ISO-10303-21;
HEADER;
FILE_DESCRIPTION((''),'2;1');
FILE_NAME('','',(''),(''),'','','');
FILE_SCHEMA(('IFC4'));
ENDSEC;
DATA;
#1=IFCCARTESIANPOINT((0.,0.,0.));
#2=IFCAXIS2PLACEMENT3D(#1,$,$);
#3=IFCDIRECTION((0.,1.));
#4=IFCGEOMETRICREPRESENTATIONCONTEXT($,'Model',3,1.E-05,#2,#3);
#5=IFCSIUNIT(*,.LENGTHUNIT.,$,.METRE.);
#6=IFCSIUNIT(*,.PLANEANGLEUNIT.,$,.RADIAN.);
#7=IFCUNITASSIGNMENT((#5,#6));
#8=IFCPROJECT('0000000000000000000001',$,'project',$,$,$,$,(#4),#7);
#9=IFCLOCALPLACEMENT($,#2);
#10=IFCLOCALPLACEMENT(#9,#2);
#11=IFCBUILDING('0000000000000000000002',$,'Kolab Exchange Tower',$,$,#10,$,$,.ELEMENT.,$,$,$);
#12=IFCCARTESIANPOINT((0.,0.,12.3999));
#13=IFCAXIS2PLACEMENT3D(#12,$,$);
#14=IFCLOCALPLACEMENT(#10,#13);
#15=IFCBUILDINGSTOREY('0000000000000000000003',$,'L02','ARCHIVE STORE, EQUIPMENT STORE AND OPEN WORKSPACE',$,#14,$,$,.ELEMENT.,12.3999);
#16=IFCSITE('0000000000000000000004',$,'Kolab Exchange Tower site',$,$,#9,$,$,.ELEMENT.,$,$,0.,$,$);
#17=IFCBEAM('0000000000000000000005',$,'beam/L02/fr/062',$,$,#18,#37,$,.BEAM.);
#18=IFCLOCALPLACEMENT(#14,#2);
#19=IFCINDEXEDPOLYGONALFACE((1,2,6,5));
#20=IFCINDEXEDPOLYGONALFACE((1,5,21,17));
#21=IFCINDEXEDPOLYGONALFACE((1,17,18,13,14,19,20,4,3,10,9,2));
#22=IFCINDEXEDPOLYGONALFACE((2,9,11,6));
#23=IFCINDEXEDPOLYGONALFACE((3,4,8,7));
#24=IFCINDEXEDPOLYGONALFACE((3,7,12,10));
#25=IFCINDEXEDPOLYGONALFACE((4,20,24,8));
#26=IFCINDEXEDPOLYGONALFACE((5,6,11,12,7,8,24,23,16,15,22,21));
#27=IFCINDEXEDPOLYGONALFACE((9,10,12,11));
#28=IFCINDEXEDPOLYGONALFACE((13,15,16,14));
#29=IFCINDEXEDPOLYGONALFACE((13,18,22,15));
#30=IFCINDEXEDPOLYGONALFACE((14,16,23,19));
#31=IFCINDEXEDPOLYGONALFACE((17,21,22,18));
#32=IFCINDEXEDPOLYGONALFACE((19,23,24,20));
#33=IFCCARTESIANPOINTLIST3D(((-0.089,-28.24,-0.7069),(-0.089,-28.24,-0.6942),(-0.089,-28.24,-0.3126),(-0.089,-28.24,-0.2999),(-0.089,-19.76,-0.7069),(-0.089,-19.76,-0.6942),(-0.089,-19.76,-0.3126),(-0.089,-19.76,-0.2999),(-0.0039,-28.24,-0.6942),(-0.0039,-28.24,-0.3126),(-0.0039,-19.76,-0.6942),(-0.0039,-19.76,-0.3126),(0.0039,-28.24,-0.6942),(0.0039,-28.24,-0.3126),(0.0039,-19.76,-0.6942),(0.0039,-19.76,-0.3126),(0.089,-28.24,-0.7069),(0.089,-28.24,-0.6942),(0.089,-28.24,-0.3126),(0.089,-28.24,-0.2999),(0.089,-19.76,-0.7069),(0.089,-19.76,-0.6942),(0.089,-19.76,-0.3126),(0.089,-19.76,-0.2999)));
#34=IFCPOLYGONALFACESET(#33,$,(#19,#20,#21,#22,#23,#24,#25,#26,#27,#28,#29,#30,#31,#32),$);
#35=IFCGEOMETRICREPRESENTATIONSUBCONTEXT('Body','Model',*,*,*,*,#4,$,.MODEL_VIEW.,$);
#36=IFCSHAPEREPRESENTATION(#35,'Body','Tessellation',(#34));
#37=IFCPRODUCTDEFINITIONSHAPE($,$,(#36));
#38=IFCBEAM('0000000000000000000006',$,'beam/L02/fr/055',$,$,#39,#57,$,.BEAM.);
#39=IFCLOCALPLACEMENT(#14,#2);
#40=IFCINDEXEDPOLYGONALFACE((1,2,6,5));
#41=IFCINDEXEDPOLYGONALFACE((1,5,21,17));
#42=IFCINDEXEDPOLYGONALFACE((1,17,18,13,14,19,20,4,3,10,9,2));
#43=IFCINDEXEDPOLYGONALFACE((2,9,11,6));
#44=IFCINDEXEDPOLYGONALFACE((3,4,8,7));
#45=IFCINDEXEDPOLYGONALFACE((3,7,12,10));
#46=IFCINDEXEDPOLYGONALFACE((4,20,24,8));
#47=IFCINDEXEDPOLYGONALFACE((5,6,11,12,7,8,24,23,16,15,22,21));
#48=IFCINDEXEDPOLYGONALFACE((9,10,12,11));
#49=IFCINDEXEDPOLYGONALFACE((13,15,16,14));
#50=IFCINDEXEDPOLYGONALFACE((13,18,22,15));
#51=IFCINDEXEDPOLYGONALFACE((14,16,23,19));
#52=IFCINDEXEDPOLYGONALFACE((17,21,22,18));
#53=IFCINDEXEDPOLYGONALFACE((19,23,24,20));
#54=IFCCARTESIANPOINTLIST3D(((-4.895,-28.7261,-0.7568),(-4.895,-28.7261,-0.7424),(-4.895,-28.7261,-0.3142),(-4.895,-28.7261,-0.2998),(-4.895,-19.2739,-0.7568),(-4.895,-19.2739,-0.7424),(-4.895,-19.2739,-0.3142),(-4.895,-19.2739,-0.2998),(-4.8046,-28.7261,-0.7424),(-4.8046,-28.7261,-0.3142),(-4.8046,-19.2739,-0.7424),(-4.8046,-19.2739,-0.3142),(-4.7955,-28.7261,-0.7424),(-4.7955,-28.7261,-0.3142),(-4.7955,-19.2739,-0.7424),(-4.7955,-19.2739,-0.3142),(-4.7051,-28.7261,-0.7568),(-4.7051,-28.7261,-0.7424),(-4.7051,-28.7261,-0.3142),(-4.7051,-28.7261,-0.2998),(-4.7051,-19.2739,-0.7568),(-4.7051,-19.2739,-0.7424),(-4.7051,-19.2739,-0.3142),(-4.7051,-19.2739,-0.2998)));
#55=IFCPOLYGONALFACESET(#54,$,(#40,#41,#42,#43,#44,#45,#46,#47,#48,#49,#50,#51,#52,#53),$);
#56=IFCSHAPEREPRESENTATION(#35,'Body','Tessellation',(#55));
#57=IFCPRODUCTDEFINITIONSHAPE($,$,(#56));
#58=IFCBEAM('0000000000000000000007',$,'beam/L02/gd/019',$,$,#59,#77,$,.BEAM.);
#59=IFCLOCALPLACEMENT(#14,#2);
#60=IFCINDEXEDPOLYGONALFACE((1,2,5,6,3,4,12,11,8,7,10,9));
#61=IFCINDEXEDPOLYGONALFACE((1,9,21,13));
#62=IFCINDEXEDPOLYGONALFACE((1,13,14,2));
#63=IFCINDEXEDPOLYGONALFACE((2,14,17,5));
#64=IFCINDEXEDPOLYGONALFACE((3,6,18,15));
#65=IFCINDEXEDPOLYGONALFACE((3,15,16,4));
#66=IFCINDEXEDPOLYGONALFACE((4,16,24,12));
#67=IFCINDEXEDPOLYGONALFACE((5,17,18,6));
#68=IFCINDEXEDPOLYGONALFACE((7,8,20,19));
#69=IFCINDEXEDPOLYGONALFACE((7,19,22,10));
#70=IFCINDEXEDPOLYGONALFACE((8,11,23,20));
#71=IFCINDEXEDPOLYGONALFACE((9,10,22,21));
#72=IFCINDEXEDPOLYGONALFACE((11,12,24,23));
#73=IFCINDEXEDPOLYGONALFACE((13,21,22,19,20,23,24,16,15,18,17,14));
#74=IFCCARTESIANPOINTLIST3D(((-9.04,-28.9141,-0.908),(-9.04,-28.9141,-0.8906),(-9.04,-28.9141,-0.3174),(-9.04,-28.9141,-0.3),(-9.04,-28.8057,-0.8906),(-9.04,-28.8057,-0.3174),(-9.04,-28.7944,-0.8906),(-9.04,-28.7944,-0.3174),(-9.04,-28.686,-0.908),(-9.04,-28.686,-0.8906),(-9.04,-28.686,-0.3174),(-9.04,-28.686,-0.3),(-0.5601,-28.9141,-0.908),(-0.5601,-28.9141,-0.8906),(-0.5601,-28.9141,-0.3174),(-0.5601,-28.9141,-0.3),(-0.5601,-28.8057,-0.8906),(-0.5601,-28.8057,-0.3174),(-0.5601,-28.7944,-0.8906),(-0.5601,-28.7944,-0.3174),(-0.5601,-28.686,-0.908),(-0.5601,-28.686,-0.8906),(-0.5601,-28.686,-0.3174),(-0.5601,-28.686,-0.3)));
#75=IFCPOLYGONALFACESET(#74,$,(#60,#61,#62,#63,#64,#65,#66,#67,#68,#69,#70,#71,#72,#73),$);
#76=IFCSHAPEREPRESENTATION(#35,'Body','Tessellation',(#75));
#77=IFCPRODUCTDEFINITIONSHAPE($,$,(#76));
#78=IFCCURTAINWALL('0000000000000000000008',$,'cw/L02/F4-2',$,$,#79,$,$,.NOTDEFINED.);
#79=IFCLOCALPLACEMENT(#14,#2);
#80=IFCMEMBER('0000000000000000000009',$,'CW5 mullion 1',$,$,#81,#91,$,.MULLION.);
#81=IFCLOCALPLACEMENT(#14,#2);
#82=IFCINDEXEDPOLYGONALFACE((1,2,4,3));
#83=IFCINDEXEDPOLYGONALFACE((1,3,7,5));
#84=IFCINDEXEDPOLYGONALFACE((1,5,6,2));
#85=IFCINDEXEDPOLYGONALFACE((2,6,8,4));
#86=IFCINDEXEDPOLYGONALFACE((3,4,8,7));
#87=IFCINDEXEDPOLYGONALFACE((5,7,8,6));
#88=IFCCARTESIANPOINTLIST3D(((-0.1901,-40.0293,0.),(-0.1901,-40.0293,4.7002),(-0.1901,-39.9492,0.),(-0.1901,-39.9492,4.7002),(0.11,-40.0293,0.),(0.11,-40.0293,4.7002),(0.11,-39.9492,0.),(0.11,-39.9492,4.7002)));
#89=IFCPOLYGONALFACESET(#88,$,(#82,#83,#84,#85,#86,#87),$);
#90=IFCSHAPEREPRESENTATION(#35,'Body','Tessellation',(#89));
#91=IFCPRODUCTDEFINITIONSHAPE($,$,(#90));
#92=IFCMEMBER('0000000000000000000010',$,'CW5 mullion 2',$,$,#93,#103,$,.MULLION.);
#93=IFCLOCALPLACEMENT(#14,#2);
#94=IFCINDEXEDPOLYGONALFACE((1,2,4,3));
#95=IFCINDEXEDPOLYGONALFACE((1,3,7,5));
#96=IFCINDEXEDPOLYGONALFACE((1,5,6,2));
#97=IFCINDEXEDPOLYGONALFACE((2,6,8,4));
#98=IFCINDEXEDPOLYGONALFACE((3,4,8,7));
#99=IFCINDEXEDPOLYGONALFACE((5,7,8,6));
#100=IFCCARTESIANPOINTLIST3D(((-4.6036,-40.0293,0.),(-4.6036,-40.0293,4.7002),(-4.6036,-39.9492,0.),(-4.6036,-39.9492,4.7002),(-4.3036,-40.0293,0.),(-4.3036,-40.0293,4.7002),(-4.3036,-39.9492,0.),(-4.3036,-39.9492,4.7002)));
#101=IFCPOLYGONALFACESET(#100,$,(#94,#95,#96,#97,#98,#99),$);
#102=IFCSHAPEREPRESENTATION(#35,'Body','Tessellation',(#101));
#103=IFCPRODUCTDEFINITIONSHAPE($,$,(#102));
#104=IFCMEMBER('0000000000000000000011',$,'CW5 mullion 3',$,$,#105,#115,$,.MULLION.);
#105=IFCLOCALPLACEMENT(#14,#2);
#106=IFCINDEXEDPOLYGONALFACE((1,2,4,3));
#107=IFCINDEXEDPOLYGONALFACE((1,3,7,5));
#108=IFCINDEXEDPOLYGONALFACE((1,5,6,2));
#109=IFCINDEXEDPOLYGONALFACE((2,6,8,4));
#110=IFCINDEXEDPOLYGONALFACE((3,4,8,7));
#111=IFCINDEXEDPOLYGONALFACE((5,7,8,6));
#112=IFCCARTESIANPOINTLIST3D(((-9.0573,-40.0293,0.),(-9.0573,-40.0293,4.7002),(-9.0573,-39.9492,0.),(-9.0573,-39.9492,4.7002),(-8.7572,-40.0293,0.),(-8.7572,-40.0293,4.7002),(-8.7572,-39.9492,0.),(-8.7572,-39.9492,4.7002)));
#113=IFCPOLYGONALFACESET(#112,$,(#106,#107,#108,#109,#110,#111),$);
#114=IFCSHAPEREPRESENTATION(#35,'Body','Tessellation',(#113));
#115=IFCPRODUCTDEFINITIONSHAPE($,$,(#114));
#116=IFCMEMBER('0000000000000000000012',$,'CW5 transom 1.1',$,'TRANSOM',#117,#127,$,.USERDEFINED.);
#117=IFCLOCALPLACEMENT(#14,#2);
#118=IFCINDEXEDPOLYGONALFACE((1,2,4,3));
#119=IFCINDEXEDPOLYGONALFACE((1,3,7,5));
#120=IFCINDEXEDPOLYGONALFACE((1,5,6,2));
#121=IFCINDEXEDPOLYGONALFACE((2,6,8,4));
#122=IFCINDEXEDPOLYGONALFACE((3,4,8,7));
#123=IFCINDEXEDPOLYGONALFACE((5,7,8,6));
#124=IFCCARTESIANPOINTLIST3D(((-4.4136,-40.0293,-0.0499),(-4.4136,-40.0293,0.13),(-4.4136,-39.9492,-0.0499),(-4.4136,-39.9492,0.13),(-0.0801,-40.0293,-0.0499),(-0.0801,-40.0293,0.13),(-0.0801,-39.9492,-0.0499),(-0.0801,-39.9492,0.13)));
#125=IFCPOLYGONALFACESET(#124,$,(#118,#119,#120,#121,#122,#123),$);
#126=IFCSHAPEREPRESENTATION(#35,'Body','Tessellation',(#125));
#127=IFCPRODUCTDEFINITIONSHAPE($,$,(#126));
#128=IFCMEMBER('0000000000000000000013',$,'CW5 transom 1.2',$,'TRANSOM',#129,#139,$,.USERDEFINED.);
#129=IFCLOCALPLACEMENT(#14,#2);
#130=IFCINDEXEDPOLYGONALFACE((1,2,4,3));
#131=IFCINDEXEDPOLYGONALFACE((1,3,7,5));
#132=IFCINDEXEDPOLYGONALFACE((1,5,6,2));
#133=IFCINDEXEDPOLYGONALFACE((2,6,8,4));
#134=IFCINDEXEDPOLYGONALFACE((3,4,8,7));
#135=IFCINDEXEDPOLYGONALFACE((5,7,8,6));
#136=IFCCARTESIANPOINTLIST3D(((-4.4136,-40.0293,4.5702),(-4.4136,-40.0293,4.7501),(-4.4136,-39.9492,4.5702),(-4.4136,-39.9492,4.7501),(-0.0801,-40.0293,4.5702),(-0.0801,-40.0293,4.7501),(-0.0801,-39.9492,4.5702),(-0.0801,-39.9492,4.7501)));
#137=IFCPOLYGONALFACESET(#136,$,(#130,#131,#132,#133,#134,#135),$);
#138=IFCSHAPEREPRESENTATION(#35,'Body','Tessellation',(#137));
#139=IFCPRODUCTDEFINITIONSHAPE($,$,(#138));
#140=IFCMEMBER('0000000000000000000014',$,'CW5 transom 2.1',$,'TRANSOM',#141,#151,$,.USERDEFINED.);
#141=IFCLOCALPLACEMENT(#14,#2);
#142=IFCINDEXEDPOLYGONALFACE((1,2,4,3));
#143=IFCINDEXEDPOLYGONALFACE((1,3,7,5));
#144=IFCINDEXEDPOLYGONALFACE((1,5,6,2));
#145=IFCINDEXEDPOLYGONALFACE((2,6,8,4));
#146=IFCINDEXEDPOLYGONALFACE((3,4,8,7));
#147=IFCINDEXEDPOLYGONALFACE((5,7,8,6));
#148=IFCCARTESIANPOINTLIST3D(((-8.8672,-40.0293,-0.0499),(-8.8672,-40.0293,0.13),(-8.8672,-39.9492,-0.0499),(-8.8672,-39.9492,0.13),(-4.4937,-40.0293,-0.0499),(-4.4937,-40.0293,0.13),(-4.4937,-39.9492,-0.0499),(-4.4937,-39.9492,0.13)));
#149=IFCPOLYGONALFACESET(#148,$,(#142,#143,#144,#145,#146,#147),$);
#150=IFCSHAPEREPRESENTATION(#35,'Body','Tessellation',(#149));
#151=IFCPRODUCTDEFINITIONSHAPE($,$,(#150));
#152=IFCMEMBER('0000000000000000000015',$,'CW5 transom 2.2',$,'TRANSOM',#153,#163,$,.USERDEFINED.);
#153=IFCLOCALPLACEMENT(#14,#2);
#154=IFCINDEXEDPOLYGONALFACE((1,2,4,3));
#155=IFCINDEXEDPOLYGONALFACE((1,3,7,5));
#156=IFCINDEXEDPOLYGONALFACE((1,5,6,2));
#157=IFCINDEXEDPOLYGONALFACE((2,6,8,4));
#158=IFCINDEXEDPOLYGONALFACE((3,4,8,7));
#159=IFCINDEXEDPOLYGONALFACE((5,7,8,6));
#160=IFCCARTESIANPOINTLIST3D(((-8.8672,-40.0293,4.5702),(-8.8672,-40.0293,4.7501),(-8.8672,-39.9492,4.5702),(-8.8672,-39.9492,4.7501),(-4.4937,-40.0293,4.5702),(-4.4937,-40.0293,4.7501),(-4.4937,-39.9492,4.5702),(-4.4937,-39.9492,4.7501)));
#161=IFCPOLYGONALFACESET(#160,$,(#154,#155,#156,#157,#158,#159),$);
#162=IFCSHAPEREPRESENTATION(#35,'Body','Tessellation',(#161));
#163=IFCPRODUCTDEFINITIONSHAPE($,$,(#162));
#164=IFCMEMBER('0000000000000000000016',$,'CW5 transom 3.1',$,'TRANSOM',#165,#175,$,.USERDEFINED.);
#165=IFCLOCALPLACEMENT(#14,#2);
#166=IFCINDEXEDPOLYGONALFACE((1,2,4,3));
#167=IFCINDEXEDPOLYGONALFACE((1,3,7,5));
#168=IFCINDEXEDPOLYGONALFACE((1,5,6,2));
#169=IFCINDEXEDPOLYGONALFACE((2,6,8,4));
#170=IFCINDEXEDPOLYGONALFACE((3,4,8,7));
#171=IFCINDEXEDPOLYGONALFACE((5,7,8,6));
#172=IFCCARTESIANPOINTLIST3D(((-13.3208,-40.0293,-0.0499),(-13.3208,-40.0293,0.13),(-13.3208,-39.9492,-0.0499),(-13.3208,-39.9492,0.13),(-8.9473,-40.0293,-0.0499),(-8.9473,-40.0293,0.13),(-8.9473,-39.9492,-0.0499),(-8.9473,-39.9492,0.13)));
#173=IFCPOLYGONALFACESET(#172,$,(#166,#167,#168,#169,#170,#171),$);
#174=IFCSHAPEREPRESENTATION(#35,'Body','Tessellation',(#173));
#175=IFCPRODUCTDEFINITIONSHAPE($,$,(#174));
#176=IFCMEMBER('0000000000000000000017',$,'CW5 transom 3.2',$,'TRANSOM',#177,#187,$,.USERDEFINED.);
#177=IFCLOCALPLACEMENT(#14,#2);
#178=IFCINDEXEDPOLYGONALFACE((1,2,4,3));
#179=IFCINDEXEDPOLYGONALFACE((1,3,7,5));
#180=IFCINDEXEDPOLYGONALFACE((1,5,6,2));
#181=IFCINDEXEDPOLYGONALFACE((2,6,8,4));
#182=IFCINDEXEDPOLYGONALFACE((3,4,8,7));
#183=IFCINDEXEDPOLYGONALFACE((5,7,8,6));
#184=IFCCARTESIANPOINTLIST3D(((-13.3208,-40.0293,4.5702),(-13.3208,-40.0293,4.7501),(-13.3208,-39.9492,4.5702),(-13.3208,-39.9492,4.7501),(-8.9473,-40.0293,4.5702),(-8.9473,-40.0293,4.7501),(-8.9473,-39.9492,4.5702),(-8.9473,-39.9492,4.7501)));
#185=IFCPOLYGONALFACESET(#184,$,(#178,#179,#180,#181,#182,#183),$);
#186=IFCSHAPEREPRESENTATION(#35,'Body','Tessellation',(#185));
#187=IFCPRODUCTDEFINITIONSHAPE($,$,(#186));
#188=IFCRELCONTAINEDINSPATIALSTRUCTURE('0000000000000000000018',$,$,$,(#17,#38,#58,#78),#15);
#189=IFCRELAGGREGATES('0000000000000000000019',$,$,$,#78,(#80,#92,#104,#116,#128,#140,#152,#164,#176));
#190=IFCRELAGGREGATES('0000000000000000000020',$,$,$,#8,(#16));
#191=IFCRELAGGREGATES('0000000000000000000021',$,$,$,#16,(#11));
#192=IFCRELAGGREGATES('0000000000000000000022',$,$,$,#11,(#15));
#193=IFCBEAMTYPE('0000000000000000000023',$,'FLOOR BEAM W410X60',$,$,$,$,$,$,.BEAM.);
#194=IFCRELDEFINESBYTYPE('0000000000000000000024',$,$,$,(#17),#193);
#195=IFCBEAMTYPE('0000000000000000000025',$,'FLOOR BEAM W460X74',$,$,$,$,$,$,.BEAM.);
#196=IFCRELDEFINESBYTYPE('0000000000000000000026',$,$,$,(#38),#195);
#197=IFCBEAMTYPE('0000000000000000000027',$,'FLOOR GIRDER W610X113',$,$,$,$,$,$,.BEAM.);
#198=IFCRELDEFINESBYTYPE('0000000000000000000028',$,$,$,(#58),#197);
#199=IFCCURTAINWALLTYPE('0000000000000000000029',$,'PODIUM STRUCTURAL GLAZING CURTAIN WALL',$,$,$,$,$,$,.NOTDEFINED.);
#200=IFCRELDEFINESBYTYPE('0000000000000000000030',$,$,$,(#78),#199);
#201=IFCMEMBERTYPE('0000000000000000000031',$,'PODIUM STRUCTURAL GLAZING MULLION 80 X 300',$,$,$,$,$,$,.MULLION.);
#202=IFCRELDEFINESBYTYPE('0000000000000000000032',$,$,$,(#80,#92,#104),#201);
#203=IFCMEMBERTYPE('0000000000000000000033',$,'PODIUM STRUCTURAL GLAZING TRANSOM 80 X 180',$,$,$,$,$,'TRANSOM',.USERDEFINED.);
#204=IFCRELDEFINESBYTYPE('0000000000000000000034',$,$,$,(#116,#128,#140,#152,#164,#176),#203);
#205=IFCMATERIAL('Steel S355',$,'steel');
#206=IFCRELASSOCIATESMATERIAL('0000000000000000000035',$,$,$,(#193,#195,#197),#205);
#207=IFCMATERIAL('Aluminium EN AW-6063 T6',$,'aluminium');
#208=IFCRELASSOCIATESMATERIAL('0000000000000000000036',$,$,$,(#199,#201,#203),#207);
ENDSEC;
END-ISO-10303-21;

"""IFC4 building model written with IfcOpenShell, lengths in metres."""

from ifc_helpers import new_model, si_unit, direction, frame, origin, origin_2d, place, context, subcontext, project, spatial, rectangle, i_section, extrude, material, material_profile, profile_set, type_object, element, aggregate, save


model = new_model("IFC4")

# Units and contexts
model_context = context("Model", 3, precision=1e-05, world=origin(), true_north=direction((0.0, 1.0)))
body_context = subcontext(model_context, "Body", "Model", "MODEL_VIEW")
ifc_project = project(units=[si_unit("LENGTHUNIT", "METRE"), si_unit("PLANEANGLEUNIT", "RADIAN")], contexts=[model_context])

# Site, building, storey
site_placement = place(None, origin())
site = spatial("IfcSite", under=ifc_project, at=site_placement, Name="Kolab Exchange Tower site", CompositionType="ELEMENT", RefElevation=0.0)
building_placement = place(site_placement, origin())
building = spatial("IfcBuilding", under=site, at=building_placement, Name="Kolab Exchange Tower", CompositionType="ELEMENT")
storey_placement = place(building_placement, frame((0.0, 0.0, 12.3999)))
storey = spatial("IfcBuildingStorey", under=building, at=storey_placement, Name="L02", Description="ARCHIVE STORE, EQUIPMENT STORE AND OPEN WORKSPACE", CompositionType="ELEMENT", Elevation=12.3999)

# Beams
ifc_material_1 = material(Name="Steel S355", Category="steel")
ifc_material_profile_1 = material_profile(ifc_material_1, i_section(OverallWidth=0.178, OverallDepth=0.407, WebThickness=0.0078, FlangeThickness=0.0127, at=origin_2d()), Name="W410X60")
ifc_profile_set_1 = profile_set([ifc_material_profile_1], Name="Steel S355")
beam_type_1 = type_object("IfcBeamType", Name="FLOOR BEAM W410X60", PredefinedType="BEAM", material=ifc_profile_set_1)
for number, where, z_axis, x_axis, name in (
    (1, (0.0, -28.24, -0.5034), (0.0, 1.0, 0.0), (-1.0, 0.0, 0.0), "beam/L02/fr/062"),
):
    element("IfcBeam", number, at=place(storey_placement, frame(where, z_axis=z_axis, x_axis=x_axis)), inside=storey, type_object=beam_type_1, Name=name, PredefinedType="BEAM", context=body_context, shape_type="SweptSolid", body=[
        extrude(i_section(OverallWidth=0.178, OverallDepth=0.407, WebThickness=0.0078, FlangeThickness=0.0127, at=origin_2d()), origin(), (0.0, 0.0, 1.0), 8.48),
    ])
ifc_material_profile_2 = material_profile(ifc_material_1, i_section(OverallWidth=0.1899, OverallDepth=0.457, WebThickness=0.009, FlangeThickness=0.0144, at=origin_2d()), Name="W460X74")
ifc_profile_set_2 = profile_set([ifc_material_profile_2], Name="Steel S355")
beam_type_2 = type_object("IfcBeamType", Name="FLOOR BEAM W460X74", PredefinedType="BEAM", material=ifc_profile_set_2)
beam_1_placement = place(storey_placement, frame((-4.8, -28.7261, -0.5283), z_axis=(0.0, 1.0, 0.0), x_axis=(-1.0, 0.0, 0.0)))
element("IfcBeam", 2, at=beam_1_placement, inside=storey, type_object=beam_type_2, Name="beam/L02/fr/055", PredefinedType="BEAM", context=body_context, shape_type="SweptSolid", body=[
    extrude(i_section(OverallWidth=0.1899, OverallDepth=0.457, WebThickness=0.009, FlangeThickness=0.0144, at=origin_2d()), origin(), (0.0, 0.0, 1.0), 9.4521),
])
ifc_material_profile_3 = material_profile(ifc_material_1, i_section(OverallWidth=0.228, OverallDepth=0.6079, WebThickness=0.0112, FlangeThickness=0.0173, at=origin_2d()), Name="W610X113")
ifc_profile_set_3 = profile_set([ifc_material_profile_3], Name="Steel S355")
beam_type_3 = type_object("IfcBeamType", Name="FLOOR GIRDER W610X113", PredefinedType="BEAM", material=ifc_profile_set_3)
beam_2_placement = place(storey_placement, frame((-9.04, -28.8, -0.604), z_axis=(1.0, 0.0, 0.0), x_axis=(0.0, 1.0, 0.0)))
element("IfcBeam", 3, at=beam_2_placement, inside=storey, type_object=beam_type_3, Name="beam/L02/gd/019", PredefinedType="BEAM", context=body_context, shape_type="SweptSolid", body=[
    extrude(i_section(OverallWidth=0.228, OverallDepth=0.6079, WebThickness=0.0112, FlangeThickness=0.0173, at=origin_2d()), origin(), (0.0, 0.0, 1.0), 8.48),
])

# Curtain wall, members
ifc_material_2 = material(Name="Aluminium EN AW-6063 T6", Category="aluminium")
curtain_wall_type = type_object("IfcCurtainWallType", Name="PODIUM STRUCTURAL GLAZING CURTAIN WALL", PredefinedType="NOTDEFINED", material=ifc_material_2)
curtain_wall_placement = place(storey_placement, origin())
curtain_wall = element("IfcCurtainWall", 4, at=curtain_wall_placement, inside=storey, type_object=curtain_wall_type, Name="cw/L02/F4-2", PredefinedType="NOTDEFINED")
ifc_material_profile_4 = material_profile(ifc_material_2, rectangle(XDim=0.0801, YDim=0.3, at=origin_2d()), Name="RECT 80X300")
ifc_profile_set_4 = profile_set([ifc_material_profile_4], Name="Aluminium EN AW-6063 T6")
member_type_1 = type_object("IfcMemberType", Name="PODIUM STRUCTURAL GLAZING MULLION 80 X 300", PredefinedType="MULLION", material=ifc_profile_set_4)
member_1_placement = place(storey_placement, frame((-0.04, -39.9893, 0.0), z_axis=(0.0, 0.0, 1.0), x_axis=(0.0, -1.0, 0.0)))
member_1 = element("IfcMember", 5, at=member_1_placement, type_object=member_type_1, Name="CW5 mullion 1", PredefinedType="MULLION", context=body_context, shape_type="SweptSolid", body=[
    extrude(rectangle(XDim=0.0801, YDim=0.3, at=origin_2d()), origin(), (0.0, 0.0, 1.0), 4.7002),
])
member_2_placement = place(storey_placement, frame((-4.4536, -39.9893, 0.0), z_axis=(0.0, 0.0, 1.0), x_axis=(0.0, -1.0, 0.0)))
member_2 = element("IfcMember", 6, at=member_2_placement, type_object=member_type_1, Name="CW5 mullion 2", PredefinedType="MULLION", context=body_context, shape_type="SweptSolid", body=[
    extrude(rectangle(XDim=0.0801, YDim=0.3, at=origin_2d()), origin(), (0.0, 0.0, 1.0), 4.7002),
])
member_3_placement = place(storey_placement, frame((-8.9072, -39.9893, 0.0), z_axis=(0.0, 0.0, 1.0), x_axis=(0.0, -1.0, 0.0)))
member_3 = element("IfcMember", 7, at=member_3_placement, type_object=member_type_1, Name="CW5 mullion 3", PredefinedType="MULLION", context=body_context, shape_type="SweptSolid", body=[
    extrude(rectangle(XDim=0.0801, YDim=0.3, at=origin_2d()), origin(), (0.0, 0.0, 1.0), 4.7002),
])
ifc_material_profile_5 = material_profile(ifc_material_2, rectangle(XDim=0.0801, YDim=0.1799, at=origin_2d()), Name="RECT 80X180")
ifc_profile_set_5 = profile_set([ifc_material_profile_5], Name="Aluminium EN AW-6063 T6")
member_type_2 = type_object("IfcMemberType", Name="PODIUM STRUCTURAL GLAZING TRANSOM 80 X 180", ElementType="TRANSOM", PredefinedType="USERDEFINED", material=ifc_profile_set_5)
member_4_placement = place(storey_placement, frame((-0.0801, -39.9893, 0.04), z_axis=(-1.0, 0.0, 0.0), x_axis=(0.0, -1.0, 0.0)))
member_4 = element("IfcMember", 8, at=member_4_placement, type_object=member_type_2, Name="CW5 transom 1.1", ObjectType="TRANSOM", PredefinedType="USERDEFINED", context=body_context, shape_type="SweptSolid", body=[
    extrude(rectangle(XDim=0.0801, YDim=0.1799, at=origin_2d()), origin(), (0.0, 0.0, 1.0), 4.3335),
])
member_5_placement = place(storey_placement, frame((-0.0801, -39.9893, 4.6602), z_axis=(-1.0, 0.0, 0.0), x_axis=(0.0, -1.0, 0.0)))
member_5 = element("IfcMember", 9, at=member_5_placement, type_object=member_type_2, Name="CW5 transom 1.2", ObjectType="TRANSOM", PredefinedType="USERDEFINED", context=body_context, shape_type="SweptSolid", body=[
    extrude(rectangle(XDim=0.0801, YDim=0.1799, at=origin_2d()), origin(), (0.0, 0.0, 1.0), 4.3335),
])
member_6_placement = place(storey_placement, frame((-4.4937, -39.9893, 0.04), z_axis=(-1.0, 0.0, 0.0), x_axis=(0.0, -1.0, 0.0)))
member_6 = element("IfcMember", 10, at=member_6_placement, type_object=member_type_2, Name="CW5 transom 2.1", ObjectType="TRANSOM", PredefinedType="USERDEFINED", context=body_context, shape_type="SweptSolid", body=[
    extrude(rectangle(XDim=0.0801, YDim=0.1799, at=origin_2d()), origin(), (0.0, 0.0, 1.0), 4.3735),
])
member_7_placement = place(storey_placement, frame((-4.4937, -39.9893, 4.6602), z_axis=(-1.0, 0.0, 0.0), x_axis=(0.0, -1.0, 0.0)))
member_7 = element("IfcMember", 11, at=member_7_placement, type_object=member_type_2, Name="CW5 transom 2.2", ObjectType="TRANSOM", PredefinedType="USERDEFINED", context=body_context, shape_type="SweptSolid", body=[
    extrude(rectangle(XDim=0.0801, YDim=0.1799, at=origin_2d()), origin(), (0.0, 0.0, 1.0), 4.3735),
])
member_8_placement = place(storey_placement, frame((-8.9473, -39.9893, 0.04), z_axis=(-1.0, 0.0, 0.0), x_axis=(0.0, -1.0, 0.0)))
member_8 = element("IfcMember", 12, at=member_8_placement, type_object=member_type_2, Name="CW5 transom 3.1", ObjectType="TRANSOM", PredefinedType="USERDEFINED", context=body_context, shape_type="SweptSolid", body=[
    extrude(rectangle(XDim=0.0801, YDim=0.1799, at=origin_2d()), origin(), (0.0, 0.0, 1.0), 4.3735),
])
member_9_placement = place(storey_placement, frame((-8.9473, -39.9893, 4.6602), z_axis=(-1.0, 0.0, 0.0), x_axis=(0.0, -1.0, 0.0)))
member_9 = element("IfcMember", 13, at=member_9_placement, type_object=member_type_2, Name="CW5 transom 3.2", ObjectType="TRANSOM", PredefinedType="USERDEFINED", context=body_context, shape_type="SweptSolid", body=[
    extrude(rectangle(XDim=0.0801, YDim=0.1799, at=origin_2d()), origin(), (0.0, 0.0, 1.0), 4.3735),
])

aggregate(curtain_wall, [member_1, member_2, member_3, member_4, member_5, member_6, member_7, member_8, member_9])

save(model, "model.ifc")
